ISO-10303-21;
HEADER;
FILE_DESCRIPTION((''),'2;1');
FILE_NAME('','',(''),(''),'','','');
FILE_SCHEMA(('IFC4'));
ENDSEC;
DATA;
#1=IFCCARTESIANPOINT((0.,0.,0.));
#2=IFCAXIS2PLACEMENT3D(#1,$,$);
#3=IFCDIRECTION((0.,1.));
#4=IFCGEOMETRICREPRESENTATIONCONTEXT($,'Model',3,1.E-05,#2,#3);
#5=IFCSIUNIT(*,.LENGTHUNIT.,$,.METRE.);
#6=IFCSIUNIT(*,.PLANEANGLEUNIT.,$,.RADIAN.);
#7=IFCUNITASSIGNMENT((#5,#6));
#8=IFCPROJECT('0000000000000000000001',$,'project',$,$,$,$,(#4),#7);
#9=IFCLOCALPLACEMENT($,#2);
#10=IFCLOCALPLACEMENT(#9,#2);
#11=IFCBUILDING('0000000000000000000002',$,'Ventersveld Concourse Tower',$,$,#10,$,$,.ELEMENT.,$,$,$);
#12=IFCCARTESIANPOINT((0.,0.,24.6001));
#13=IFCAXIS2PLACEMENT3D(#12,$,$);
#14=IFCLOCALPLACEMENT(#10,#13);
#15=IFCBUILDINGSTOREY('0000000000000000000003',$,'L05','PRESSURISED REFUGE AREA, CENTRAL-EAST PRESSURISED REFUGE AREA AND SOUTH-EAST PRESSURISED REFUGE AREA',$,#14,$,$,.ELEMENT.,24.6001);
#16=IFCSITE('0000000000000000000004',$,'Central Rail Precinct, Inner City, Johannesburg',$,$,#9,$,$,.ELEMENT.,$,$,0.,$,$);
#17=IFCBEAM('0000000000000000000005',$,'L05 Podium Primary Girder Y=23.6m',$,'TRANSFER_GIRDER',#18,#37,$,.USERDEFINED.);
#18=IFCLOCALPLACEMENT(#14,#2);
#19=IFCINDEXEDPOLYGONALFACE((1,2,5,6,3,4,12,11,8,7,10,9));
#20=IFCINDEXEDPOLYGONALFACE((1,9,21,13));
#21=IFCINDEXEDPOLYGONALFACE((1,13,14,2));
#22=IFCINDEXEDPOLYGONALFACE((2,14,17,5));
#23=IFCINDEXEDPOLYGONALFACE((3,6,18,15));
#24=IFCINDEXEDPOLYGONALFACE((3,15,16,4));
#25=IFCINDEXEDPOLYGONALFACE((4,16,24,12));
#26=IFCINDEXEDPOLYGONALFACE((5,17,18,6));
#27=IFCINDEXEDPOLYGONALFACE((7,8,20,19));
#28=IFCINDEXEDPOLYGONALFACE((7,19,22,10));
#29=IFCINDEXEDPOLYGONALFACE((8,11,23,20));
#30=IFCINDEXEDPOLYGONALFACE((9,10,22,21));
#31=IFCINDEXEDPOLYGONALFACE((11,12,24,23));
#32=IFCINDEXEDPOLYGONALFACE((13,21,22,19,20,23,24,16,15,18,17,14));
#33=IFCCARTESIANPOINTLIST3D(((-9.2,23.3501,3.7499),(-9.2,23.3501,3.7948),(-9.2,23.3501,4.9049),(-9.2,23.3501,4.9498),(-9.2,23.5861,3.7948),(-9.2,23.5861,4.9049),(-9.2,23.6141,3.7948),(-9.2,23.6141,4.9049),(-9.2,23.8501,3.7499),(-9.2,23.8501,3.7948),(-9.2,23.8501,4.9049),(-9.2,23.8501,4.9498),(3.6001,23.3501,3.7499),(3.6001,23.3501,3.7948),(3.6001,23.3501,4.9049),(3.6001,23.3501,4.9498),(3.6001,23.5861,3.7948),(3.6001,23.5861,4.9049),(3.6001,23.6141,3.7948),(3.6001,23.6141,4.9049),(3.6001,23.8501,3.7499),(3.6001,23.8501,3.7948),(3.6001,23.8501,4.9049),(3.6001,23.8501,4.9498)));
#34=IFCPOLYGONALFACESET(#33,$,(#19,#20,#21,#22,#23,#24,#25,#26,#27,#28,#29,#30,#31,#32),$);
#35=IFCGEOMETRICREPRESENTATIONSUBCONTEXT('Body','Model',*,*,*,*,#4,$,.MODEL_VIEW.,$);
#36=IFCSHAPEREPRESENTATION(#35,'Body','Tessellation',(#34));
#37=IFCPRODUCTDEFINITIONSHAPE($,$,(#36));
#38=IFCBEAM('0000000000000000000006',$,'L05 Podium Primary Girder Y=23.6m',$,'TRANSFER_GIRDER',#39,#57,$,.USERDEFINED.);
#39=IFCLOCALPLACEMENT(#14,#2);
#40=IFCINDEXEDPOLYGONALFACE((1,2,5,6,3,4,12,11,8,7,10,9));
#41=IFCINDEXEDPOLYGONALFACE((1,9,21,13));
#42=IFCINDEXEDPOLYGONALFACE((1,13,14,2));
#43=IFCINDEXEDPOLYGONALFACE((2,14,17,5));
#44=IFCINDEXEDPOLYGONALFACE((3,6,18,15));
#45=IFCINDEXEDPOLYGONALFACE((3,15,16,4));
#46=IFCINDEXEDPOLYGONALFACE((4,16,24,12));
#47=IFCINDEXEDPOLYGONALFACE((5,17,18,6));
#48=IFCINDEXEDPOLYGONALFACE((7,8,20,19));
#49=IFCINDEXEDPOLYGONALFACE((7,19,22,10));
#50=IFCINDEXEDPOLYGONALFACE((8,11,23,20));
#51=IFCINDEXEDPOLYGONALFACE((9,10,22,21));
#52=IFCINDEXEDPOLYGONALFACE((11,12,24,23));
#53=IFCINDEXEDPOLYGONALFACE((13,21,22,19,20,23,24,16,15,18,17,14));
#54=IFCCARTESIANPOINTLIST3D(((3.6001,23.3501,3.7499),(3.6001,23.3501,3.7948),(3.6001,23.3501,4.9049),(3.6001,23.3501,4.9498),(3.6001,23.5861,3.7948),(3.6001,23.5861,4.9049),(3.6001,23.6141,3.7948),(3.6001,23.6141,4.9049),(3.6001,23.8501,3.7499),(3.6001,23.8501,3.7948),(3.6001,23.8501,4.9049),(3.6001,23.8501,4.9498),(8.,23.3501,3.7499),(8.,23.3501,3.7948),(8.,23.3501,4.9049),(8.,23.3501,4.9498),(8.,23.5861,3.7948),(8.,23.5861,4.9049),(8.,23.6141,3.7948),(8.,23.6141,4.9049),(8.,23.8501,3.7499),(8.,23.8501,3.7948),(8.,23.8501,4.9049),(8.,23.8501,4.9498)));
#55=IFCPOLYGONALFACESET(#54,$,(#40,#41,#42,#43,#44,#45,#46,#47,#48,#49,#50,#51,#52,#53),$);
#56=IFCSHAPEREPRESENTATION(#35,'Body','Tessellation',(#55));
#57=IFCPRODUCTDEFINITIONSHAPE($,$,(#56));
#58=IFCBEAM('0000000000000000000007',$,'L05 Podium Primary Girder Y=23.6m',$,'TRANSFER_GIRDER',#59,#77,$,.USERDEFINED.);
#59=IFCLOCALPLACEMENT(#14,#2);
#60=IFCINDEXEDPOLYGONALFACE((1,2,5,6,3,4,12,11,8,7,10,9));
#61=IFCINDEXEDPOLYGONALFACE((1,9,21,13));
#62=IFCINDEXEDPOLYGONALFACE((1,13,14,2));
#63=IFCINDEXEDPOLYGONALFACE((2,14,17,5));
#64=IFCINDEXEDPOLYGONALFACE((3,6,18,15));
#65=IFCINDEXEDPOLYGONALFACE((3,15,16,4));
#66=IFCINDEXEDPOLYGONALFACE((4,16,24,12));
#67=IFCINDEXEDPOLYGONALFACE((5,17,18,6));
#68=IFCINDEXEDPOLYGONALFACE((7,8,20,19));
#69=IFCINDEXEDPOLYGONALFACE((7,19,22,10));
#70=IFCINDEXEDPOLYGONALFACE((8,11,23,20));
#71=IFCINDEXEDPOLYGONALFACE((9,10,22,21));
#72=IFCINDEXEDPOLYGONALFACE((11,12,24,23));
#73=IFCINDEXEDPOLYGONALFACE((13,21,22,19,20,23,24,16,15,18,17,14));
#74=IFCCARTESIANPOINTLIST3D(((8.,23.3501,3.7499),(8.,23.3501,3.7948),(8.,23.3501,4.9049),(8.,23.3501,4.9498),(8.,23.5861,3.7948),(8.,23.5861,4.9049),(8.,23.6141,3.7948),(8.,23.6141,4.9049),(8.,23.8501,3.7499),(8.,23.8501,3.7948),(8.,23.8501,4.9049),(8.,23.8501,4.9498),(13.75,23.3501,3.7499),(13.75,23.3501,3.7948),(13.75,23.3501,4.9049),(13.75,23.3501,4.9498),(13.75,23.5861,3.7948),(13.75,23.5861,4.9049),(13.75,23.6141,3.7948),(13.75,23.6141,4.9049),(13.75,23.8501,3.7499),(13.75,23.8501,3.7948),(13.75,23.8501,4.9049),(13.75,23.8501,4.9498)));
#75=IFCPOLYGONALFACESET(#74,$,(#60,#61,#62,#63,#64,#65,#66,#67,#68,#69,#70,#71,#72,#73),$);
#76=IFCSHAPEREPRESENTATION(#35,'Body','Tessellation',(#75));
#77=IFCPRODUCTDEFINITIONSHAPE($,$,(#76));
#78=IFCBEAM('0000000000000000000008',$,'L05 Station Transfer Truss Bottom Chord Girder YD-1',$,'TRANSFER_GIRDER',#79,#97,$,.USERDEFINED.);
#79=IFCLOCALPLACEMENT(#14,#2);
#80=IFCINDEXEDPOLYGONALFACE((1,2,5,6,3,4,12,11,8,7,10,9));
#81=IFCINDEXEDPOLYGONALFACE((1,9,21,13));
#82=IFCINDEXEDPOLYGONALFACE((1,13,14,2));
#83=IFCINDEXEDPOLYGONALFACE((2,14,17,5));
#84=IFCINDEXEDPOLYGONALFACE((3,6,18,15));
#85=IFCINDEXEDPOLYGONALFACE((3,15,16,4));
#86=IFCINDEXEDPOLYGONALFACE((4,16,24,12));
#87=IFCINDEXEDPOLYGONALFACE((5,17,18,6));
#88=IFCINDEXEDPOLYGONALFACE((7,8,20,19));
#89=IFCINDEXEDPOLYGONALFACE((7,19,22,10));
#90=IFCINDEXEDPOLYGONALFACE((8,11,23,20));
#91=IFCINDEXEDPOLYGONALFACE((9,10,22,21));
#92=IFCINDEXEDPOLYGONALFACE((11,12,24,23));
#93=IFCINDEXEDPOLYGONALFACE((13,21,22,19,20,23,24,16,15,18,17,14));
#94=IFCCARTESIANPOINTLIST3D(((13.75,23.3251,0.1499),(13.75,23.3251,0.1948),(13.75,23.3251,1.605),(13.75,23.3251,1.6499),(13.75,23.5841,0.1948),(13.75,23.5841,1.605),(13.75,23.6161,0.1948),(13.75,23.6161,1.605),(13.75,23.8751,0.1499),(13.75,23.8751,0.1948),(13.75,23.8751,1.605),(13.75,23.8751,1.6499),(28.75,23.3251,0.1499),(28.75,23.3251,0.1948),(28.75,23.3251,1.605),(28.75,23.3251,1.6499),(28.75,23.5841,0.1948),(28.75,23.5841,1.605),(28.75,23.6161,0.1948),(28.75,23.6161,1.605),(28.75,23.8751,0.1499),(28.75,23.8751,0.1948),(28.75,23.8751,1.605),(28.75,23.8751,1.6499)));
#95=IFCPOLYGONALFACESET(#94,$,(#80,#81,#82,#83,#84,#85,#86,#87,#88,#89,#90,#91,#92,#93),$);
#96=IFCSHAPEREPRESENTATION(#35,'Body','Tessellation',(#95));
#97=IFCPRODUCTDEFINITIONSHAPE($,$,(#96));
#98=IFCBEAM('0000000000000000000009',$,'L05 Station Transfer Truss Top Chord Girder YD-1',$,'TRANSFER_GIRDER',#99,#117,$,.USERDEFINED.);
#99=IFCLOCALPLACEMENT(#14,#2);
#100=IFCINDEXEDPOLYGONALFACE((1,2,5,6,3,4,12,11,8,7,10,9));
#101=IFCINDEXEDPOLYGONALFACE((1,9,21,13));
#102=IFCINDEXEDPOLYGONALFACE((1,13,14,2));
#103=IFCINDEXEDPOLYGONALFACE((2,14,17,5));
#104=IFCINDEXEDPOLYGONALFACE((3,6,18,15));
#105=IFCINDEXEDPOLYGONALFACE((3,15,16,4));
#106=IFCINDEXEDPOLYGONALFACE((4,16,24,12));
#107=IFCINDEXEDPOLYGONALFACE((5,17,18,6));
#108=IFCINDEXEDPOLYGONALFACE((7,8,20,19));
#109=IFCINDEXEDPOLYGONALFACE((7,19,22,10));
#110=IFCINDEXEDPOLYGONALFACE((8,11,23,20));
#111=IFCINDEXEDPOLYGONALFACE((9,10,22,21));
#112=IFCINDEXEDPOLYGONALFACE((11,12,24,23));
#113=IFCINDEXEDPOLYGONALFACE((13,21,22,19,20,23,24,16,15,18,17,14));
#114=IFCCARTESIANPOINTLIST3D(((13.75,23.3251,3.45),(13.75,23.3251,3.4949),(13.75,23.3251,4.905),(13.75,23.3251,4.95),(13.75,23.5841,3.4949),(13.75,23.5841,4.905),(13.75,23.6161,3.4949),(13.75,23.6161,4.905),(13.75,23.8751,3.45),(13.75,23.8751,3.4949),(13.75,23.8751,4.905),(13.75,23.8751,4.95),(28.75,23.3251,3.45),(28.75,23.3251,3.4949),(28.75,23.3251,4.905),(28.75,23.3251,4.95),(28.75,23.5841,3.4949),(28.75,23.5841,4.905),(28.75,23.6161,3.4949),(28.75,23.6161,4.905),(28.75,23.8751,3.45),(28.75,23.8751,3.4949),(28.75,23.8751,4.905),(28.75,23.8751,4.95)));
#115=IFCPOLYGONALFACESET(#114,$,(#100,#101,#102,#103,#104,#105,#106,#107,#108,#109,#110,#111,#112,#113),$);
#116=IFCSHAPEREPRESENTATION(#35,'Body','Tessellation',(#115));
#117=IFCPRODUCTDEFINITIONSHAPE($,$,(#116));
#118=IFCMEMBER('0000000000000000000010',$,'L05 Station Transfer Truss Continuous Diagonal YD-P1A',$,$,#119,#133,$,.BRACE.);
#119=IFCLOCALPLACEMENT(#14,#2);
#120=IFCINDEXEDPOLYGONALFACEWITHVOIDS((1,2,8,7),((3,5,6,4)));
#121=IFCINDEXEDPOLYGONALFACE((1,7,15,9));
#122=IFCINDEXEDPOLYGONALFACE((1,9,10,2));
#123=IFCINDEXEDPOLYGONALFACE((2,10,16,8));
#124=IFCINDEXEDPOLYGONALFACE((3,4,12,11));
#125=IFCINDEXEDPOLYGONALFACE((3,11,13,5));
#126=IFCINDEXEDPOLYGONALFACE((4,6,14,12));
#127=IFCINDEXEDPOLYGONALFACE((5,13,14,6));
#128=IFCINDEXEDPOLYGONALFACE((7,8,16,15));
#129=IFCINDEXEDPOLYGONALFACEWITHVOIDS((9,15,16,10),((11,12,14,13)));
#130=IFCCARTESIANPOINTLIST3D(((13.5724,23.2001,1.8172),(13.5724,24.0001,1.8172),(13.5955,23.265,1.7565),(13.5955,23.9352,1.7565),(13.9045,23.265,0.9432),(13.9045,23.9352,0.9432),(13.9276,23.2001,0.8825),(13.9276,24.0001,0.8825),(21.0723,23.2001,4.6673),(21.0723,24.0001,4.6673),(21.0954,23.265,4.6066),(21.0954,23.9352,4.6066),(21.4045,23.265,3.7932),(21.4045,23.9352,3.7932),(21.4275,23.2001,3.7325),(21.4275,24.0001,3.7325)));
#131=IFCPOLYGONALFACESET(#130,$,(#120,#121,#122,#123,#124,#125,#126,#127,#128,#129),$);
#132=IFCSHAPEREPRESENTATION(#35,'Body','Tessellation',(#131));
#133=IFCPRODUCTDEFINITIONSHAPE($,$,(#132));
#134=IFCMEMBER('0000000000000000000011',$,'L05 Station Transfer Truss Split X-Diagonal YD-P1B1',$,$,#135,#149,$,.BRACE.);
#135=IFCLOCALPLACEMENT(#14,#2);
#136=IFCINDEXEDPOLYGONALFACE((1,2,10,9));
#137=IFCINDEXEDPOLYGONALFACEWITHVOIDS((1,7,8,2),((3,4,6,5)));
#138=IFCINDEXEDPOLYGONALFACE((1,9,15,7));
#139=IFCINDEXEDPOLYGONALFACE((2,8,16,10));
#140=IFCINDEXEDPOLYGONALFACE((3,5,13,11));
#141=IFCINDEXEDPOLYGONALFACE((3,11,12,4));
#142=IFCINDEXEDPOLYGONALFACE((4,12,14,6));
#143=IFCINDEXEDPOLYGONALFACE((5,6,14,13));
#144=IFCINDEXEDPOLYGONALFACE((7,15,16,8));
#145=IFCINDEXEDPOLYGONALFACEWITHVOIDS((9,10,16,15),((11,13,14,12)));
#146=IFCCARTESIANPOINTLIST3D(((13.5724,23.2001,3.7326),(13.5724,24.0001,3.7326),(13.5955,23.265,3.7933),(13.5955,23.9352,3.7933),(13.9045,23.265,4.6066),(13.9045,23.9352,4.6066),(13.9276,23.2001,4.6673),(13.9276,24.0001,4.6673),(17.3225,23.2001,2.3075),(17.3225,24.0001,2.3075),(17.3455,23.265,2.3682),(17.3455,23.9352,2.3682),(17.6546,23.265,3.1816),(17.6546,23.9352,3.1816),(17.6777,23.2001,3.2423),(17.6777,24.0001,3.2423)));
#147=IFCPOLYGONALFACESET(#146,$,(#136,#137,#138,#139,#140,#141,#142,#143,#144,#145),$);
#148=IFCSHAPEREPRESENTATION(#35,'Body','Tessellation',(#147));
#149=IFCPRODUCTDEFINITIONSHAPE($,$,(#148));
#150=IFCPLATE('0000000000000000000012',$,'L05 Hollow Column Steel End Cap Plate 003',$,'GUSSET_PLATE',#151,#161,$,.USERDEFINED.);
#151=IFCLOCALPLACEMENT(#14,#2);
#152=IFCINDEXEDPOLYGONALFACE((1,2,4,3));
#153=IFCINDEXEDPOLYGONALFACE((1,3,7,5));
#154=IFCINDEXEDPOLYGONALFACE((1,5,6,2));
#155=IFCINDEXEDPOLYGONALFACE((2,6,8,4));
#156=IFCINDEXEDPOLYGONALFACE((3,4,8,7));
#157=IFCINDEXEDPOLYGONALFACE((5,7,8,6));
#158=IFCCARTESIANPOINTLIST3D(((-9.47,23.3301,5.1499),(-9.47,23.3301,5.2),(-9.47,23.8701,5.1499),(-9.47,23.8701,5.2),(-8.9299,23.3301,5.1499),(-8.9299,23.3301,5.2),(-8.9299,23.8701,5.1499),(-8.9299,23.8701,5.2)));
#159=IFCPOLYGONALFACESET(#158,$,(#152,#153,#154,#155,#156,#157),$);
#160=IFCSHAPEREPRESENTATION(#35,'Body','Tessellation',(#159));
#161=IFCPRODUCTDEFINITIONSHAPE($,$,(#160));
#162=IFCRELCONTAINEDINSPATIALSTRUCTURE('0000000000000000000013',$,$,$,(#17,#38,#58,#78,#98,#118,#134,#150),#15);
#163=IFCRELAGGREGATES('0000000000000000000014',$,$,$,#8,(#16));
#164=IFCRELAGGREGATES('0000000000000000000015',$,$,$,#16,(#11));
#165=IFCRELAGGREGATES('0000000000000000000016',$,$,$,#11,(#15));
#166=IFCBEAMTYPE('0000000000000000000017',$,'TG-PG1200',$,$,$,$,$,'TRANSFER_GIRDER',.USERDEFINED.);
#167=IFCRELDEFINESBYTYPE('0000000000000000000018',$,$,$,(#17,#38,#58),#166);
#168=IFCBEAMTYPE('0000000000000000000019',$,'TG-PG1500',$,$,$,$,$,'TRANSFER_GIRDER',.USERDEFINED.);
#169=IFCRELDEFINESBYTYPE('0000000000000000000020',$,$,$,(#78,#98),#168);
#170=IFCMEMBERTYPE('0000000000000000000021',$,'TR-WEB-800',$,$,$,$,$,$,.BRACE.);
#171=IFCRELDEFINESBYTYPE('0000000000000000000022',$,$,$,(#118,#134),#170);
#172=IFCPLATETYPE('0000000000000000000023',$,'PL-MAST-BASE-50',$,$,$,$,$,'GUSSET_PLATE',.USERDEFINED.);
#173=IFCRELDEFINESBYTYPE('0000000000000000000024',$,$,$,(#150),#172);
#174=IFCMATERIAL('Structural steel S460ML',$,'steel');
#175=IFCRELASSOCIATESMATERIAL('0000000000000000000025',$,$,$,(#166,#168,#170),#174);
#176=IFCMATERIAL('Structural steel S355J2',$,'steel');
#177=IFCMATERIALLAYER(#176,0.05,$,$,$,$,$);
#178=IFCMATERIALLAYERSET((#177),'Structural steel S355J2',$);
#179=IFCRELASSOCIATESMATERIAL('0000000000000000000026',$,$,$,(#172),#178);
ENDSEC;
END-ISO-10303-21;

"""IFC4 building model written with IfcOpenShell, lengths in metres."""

from ifc_helpers import new_model, si_unit, direction, frame, origin, origin_2d, place, context, subcontext, project, spatial, rectangle, hollow_rectangle, i_section, extrude, material, layer, layer_set, material_profile, profile_set, type_object, element, save


model = new_model("IFC4")

# Units and contexts
model_context = context("Model", 3, precision=1e-05, world=origin(), true_north=direction((0.0, 1.0)))
body_context = subcontext(model_context, "Body", "Model", "MODEL_VIEW")
ifc_project = project(units=[si_unit("LENGTHUNIT", "METRE"), si_unit("PLANEANGLEUNIT", "RADIAN")], contexts=[model_context])

# Site, building, storey
site_placement = place(None, origin())
site = spatial("IfcSite", under=ifc_project, at=site_placement, Name="Central Rail Precinct, Inner City, Johannesburg", CompositionType="ELEMENT", RefElevation=0.0)
building_placement = place(site_placement, origin())
building = spatial("IfcBuilding", under=site, at=building_placement, Name="Ventersveld Concourse Tower", CompositionType="ELEMENT")
storey_placement = place(building_placement, frame((0.0, 0.0, 24.6001)))
storey = spatial("IfcBuildingStorey", under=building, at=storey_placement, Name="L05", Description="PRESSURISED REFUGE AREA, CENTRAL-EAST PRESSURISED REFUGE AREA AND SOUTH-EAST PRESSURISED REFUGE AREA", CompositionType="ELEMENT", Elevation=24.6001)

# Beams
ifc_material_1 = material(Name="Structural steel S355J2", Category="steel")
ifc_material_2 = material(Name="Structural steel S460ML", Category="steel")
ifc_material_profile_1 = material_profile(ifc_material_2, i_section(OverallWidth=0.5, OverallDepth=1.2, WebThickness=0.0281, FlangeThickness=0.0449, at=origin_2d()), Name="PG 1200x500x45")
ifc_profile_set_1 = profile_set([ifc_material_profile_1], Name="Structural steel S460ML")
beam_type_1 = type_object("IfcBeamType", Name="TG-PG1200", ElementType="TRANSFER_GIRDER", PredefinedType="USERDEFINED", material=ifc_profile_set_1)
beam_1_placement = place(storey_placement, frame((-9.2, 23.6001, 4.3499), z_axis=(1.0, 0.0, 0.0), x_axis=(0.0, 1.0, 0.0)))
element("IfcBeam", 1, at=beam_1_placement, inside=storey, type_object=beam_type_1, Name="L05 Podium Primary Girder Y=23.6m", ObjectType="TRANSFER_GIRDER", PredefinedType="USERDEFINED", context=body_context, shape_type="SweptSolid", body=[
    extrude(i_section(OverallWidth=0.5, OverallDepth=1.2, WebThickness=0.0281, FlangeThickness=0.0449, at=origin_2d()), origin(), (0.0, 0.0, 1.0), 12.8),
])
beam_2_placement = place(storey_placement, frame((3.6001, 23.6001, 4.3499), z_axis=(1.0, 0.0, 0.0), x_axis=(0.0, 1.0, 0.0)))
element("IfcBeam", 2, at=beam_2_placement, inside=storey, type_object=beam_type_1, Name="L05 Podium Primary Girder Y=23.6m", ObjectType="TRANSFER_GIRDER", PredefinedType="USERDEFINED", context=body_context, shape_type="SweptSolid", body=[
    extrude(i_section(OverallWidth=0.5, OverallDepth=1.2, WebThickness=0.0281, FlangeThickness=0.0449, at=origin_2d()), origin(), (0.0, 0.0, 1.0), 4.3999),
])
beam_3_placement = place(storey_placement, frame((8.0, 23.6001, 4.3499), z_axis=(1.0, 0.0, 0.0), x_axis=(0.0, 1.0, 0.0)))
element("IfcBeam", 3, at=beam_3_placement, inside=storey, type_object=beam_type_1, Name="L05 Podium Primary Girder Y=23.6m", ObjectType="TRANSFER_GIRDER", PredefinedType="USERDEFINED", context=body_context, shape_type="SweptSolid", body=[
    extrude(i_section(OverallWidth=0.5, OverallDepth=1.2, WebThickness=0.0281, FlangeThickness=0.0449, at=origin_2d()), origin(), (0.0, 0.0, 1.0), 5.75),
])
ifc_material_profile_2 = material_profile(ifc_material_2, i_section(OverallWidth=0.55, OverallDepth=1.5, WebThickness=0.032, FlangeThickness=0.0449, at=origin_2d()), Name="PG 1500x550x45")
ifc_profile_set_2 = profile_set([ifc_material_profile_2], Name="Structural steel S460ML")
beam_type_2 = type_object("IfcBeamType", Name="TG-PG1500", ElementType="TRANSFER_GIRDER", PredefinedType="USERDEFINED", material=ifc_profile_set_2)
for number, where, z_axis, x_axis, name in (
    (4, (13.75, 23.6001, 0.8999), (1.0, 0.0, 0.0), (0.0, 1.0, 0.0), "L05 Station Transfer Truss Bottom Chord Girder YD-1"),
    (5, (13.75, 23.6001, 4.2), (1.0, 0.0, 0.0), (0.0, 1.0, 0.0), "L05 Station Transfer Truss Top Chord Girder YD-1"),
):
    element("IfcBeam", number, at=place(storey_placement, frame(where, z_axis=z_axis, x_axis=x_axis)), inside=storey, type_object=beam_type_2, Name=name, ObjectType="TRANSFER_GIRDER", PredefinedType="USERDEFINED", context=body_context, shape_type="SweptSolid", body=[
        extrude(i_section(OverallWidth=0.55, OverallDepth=1.5, WebThickness=0.032, FlangeThickness=0.0449, at=origin_2d()), origin(), (0.0, 0.0, 1.0), 15.0),
    ])

# Members
ifc_material_profile_3 = material_profile(ifc_material_2, hollow_rectangle(XDim=0.8, YDim=1.0, WallThickness=0.0649, at=origin_2d()), Name="BOX 1000x800x65")
ifc_profile_set_3 = profile_set([ifc_material_profile_3], Name="Structural steel S460ML")
member_type = type_object("IfcMemberType", Name="TR-WEB-800", PredefinedType="BRACE", material=ifc_profile_set_3)
member_1_placement = place(storey_placement, frame((13.75, 23.6001, 1.3499), z_axis=(0.93478, 0.0, 0.355228), x_axis=(0.0, 1.0, 0.0)))
element("IfcMember", 6, at=member_1_placement, inside=storey, type_object=member_type, Name="L05 Station Transfer Truss Continuous Diagonal YD-P1A", PredefinedType="BRACE", context=body_context, shape_type="SweptSolid", body=[
    extrude(hollow_rectangle(XDim=0.8, YDim=1.0, WallThickness=0.0649, at=origin_2d()), origin(), (0.0, 0.0, 1.0), 8.0232),
])
member_2_placement = place(storey_placement, frame((13.75, 23.6001, 4.2), z_axis=(0.93478, 0.0, -0.355228), x_axis=(0.0, 1.0, 0.0)))
element("IfcMember", 7, at=member_2_placement, inside=storey, type_object=member_type, Name="L05 Station Transfer Truss Split X-Diagonal YD-P1B1", PredefinedType="BRACE", context=body_context, shape_type="SweptSolid", body=[
    extrude(hollow_rectangle(XDim=0.8, YDim=1.0, WallThickness=0.0649, at=origin_2d()), origin(), (0.0, 0.0, 1.0), 4.0117),
])

# Plate
ifc_layer_1 = layer(ifc_material_1, 0.05)
ifc_layer_set_1 = layer_set([ifc_layer_1], Name="Structural steel S355J2")
plate_type = type_object("IfcPlateType", Name="PL-MAST-BASE-50", ElementType="GUSSET_PLATE", PredefinedType="USERDEFINED", material=ifc_layer_set_1)
plate_placement = place(storey_placement, frame((-9.2, 23.6001, 5.1499), z_axis=(0.0, 0.0, 1.0), x_axis=(1.0, 0.0, 0.0)))
element("IfcPlate", 8, at=plate_placement, inside=storey, type_object=plate_type, Name="L05 Hollow Column Steel End Cap Plate 003", ObjectType="GUSSET_PLATE", PredefinedType="USERDEFINED", context=body_context, shape_type="SweptSolid", body=[
    extrude(rectangle(XDim=0.54, YDim=0.54, at=origin_2d()), origin(), (0.0, 0.0, 1.0), 0.05),
])

save(model, "model.ifc")
